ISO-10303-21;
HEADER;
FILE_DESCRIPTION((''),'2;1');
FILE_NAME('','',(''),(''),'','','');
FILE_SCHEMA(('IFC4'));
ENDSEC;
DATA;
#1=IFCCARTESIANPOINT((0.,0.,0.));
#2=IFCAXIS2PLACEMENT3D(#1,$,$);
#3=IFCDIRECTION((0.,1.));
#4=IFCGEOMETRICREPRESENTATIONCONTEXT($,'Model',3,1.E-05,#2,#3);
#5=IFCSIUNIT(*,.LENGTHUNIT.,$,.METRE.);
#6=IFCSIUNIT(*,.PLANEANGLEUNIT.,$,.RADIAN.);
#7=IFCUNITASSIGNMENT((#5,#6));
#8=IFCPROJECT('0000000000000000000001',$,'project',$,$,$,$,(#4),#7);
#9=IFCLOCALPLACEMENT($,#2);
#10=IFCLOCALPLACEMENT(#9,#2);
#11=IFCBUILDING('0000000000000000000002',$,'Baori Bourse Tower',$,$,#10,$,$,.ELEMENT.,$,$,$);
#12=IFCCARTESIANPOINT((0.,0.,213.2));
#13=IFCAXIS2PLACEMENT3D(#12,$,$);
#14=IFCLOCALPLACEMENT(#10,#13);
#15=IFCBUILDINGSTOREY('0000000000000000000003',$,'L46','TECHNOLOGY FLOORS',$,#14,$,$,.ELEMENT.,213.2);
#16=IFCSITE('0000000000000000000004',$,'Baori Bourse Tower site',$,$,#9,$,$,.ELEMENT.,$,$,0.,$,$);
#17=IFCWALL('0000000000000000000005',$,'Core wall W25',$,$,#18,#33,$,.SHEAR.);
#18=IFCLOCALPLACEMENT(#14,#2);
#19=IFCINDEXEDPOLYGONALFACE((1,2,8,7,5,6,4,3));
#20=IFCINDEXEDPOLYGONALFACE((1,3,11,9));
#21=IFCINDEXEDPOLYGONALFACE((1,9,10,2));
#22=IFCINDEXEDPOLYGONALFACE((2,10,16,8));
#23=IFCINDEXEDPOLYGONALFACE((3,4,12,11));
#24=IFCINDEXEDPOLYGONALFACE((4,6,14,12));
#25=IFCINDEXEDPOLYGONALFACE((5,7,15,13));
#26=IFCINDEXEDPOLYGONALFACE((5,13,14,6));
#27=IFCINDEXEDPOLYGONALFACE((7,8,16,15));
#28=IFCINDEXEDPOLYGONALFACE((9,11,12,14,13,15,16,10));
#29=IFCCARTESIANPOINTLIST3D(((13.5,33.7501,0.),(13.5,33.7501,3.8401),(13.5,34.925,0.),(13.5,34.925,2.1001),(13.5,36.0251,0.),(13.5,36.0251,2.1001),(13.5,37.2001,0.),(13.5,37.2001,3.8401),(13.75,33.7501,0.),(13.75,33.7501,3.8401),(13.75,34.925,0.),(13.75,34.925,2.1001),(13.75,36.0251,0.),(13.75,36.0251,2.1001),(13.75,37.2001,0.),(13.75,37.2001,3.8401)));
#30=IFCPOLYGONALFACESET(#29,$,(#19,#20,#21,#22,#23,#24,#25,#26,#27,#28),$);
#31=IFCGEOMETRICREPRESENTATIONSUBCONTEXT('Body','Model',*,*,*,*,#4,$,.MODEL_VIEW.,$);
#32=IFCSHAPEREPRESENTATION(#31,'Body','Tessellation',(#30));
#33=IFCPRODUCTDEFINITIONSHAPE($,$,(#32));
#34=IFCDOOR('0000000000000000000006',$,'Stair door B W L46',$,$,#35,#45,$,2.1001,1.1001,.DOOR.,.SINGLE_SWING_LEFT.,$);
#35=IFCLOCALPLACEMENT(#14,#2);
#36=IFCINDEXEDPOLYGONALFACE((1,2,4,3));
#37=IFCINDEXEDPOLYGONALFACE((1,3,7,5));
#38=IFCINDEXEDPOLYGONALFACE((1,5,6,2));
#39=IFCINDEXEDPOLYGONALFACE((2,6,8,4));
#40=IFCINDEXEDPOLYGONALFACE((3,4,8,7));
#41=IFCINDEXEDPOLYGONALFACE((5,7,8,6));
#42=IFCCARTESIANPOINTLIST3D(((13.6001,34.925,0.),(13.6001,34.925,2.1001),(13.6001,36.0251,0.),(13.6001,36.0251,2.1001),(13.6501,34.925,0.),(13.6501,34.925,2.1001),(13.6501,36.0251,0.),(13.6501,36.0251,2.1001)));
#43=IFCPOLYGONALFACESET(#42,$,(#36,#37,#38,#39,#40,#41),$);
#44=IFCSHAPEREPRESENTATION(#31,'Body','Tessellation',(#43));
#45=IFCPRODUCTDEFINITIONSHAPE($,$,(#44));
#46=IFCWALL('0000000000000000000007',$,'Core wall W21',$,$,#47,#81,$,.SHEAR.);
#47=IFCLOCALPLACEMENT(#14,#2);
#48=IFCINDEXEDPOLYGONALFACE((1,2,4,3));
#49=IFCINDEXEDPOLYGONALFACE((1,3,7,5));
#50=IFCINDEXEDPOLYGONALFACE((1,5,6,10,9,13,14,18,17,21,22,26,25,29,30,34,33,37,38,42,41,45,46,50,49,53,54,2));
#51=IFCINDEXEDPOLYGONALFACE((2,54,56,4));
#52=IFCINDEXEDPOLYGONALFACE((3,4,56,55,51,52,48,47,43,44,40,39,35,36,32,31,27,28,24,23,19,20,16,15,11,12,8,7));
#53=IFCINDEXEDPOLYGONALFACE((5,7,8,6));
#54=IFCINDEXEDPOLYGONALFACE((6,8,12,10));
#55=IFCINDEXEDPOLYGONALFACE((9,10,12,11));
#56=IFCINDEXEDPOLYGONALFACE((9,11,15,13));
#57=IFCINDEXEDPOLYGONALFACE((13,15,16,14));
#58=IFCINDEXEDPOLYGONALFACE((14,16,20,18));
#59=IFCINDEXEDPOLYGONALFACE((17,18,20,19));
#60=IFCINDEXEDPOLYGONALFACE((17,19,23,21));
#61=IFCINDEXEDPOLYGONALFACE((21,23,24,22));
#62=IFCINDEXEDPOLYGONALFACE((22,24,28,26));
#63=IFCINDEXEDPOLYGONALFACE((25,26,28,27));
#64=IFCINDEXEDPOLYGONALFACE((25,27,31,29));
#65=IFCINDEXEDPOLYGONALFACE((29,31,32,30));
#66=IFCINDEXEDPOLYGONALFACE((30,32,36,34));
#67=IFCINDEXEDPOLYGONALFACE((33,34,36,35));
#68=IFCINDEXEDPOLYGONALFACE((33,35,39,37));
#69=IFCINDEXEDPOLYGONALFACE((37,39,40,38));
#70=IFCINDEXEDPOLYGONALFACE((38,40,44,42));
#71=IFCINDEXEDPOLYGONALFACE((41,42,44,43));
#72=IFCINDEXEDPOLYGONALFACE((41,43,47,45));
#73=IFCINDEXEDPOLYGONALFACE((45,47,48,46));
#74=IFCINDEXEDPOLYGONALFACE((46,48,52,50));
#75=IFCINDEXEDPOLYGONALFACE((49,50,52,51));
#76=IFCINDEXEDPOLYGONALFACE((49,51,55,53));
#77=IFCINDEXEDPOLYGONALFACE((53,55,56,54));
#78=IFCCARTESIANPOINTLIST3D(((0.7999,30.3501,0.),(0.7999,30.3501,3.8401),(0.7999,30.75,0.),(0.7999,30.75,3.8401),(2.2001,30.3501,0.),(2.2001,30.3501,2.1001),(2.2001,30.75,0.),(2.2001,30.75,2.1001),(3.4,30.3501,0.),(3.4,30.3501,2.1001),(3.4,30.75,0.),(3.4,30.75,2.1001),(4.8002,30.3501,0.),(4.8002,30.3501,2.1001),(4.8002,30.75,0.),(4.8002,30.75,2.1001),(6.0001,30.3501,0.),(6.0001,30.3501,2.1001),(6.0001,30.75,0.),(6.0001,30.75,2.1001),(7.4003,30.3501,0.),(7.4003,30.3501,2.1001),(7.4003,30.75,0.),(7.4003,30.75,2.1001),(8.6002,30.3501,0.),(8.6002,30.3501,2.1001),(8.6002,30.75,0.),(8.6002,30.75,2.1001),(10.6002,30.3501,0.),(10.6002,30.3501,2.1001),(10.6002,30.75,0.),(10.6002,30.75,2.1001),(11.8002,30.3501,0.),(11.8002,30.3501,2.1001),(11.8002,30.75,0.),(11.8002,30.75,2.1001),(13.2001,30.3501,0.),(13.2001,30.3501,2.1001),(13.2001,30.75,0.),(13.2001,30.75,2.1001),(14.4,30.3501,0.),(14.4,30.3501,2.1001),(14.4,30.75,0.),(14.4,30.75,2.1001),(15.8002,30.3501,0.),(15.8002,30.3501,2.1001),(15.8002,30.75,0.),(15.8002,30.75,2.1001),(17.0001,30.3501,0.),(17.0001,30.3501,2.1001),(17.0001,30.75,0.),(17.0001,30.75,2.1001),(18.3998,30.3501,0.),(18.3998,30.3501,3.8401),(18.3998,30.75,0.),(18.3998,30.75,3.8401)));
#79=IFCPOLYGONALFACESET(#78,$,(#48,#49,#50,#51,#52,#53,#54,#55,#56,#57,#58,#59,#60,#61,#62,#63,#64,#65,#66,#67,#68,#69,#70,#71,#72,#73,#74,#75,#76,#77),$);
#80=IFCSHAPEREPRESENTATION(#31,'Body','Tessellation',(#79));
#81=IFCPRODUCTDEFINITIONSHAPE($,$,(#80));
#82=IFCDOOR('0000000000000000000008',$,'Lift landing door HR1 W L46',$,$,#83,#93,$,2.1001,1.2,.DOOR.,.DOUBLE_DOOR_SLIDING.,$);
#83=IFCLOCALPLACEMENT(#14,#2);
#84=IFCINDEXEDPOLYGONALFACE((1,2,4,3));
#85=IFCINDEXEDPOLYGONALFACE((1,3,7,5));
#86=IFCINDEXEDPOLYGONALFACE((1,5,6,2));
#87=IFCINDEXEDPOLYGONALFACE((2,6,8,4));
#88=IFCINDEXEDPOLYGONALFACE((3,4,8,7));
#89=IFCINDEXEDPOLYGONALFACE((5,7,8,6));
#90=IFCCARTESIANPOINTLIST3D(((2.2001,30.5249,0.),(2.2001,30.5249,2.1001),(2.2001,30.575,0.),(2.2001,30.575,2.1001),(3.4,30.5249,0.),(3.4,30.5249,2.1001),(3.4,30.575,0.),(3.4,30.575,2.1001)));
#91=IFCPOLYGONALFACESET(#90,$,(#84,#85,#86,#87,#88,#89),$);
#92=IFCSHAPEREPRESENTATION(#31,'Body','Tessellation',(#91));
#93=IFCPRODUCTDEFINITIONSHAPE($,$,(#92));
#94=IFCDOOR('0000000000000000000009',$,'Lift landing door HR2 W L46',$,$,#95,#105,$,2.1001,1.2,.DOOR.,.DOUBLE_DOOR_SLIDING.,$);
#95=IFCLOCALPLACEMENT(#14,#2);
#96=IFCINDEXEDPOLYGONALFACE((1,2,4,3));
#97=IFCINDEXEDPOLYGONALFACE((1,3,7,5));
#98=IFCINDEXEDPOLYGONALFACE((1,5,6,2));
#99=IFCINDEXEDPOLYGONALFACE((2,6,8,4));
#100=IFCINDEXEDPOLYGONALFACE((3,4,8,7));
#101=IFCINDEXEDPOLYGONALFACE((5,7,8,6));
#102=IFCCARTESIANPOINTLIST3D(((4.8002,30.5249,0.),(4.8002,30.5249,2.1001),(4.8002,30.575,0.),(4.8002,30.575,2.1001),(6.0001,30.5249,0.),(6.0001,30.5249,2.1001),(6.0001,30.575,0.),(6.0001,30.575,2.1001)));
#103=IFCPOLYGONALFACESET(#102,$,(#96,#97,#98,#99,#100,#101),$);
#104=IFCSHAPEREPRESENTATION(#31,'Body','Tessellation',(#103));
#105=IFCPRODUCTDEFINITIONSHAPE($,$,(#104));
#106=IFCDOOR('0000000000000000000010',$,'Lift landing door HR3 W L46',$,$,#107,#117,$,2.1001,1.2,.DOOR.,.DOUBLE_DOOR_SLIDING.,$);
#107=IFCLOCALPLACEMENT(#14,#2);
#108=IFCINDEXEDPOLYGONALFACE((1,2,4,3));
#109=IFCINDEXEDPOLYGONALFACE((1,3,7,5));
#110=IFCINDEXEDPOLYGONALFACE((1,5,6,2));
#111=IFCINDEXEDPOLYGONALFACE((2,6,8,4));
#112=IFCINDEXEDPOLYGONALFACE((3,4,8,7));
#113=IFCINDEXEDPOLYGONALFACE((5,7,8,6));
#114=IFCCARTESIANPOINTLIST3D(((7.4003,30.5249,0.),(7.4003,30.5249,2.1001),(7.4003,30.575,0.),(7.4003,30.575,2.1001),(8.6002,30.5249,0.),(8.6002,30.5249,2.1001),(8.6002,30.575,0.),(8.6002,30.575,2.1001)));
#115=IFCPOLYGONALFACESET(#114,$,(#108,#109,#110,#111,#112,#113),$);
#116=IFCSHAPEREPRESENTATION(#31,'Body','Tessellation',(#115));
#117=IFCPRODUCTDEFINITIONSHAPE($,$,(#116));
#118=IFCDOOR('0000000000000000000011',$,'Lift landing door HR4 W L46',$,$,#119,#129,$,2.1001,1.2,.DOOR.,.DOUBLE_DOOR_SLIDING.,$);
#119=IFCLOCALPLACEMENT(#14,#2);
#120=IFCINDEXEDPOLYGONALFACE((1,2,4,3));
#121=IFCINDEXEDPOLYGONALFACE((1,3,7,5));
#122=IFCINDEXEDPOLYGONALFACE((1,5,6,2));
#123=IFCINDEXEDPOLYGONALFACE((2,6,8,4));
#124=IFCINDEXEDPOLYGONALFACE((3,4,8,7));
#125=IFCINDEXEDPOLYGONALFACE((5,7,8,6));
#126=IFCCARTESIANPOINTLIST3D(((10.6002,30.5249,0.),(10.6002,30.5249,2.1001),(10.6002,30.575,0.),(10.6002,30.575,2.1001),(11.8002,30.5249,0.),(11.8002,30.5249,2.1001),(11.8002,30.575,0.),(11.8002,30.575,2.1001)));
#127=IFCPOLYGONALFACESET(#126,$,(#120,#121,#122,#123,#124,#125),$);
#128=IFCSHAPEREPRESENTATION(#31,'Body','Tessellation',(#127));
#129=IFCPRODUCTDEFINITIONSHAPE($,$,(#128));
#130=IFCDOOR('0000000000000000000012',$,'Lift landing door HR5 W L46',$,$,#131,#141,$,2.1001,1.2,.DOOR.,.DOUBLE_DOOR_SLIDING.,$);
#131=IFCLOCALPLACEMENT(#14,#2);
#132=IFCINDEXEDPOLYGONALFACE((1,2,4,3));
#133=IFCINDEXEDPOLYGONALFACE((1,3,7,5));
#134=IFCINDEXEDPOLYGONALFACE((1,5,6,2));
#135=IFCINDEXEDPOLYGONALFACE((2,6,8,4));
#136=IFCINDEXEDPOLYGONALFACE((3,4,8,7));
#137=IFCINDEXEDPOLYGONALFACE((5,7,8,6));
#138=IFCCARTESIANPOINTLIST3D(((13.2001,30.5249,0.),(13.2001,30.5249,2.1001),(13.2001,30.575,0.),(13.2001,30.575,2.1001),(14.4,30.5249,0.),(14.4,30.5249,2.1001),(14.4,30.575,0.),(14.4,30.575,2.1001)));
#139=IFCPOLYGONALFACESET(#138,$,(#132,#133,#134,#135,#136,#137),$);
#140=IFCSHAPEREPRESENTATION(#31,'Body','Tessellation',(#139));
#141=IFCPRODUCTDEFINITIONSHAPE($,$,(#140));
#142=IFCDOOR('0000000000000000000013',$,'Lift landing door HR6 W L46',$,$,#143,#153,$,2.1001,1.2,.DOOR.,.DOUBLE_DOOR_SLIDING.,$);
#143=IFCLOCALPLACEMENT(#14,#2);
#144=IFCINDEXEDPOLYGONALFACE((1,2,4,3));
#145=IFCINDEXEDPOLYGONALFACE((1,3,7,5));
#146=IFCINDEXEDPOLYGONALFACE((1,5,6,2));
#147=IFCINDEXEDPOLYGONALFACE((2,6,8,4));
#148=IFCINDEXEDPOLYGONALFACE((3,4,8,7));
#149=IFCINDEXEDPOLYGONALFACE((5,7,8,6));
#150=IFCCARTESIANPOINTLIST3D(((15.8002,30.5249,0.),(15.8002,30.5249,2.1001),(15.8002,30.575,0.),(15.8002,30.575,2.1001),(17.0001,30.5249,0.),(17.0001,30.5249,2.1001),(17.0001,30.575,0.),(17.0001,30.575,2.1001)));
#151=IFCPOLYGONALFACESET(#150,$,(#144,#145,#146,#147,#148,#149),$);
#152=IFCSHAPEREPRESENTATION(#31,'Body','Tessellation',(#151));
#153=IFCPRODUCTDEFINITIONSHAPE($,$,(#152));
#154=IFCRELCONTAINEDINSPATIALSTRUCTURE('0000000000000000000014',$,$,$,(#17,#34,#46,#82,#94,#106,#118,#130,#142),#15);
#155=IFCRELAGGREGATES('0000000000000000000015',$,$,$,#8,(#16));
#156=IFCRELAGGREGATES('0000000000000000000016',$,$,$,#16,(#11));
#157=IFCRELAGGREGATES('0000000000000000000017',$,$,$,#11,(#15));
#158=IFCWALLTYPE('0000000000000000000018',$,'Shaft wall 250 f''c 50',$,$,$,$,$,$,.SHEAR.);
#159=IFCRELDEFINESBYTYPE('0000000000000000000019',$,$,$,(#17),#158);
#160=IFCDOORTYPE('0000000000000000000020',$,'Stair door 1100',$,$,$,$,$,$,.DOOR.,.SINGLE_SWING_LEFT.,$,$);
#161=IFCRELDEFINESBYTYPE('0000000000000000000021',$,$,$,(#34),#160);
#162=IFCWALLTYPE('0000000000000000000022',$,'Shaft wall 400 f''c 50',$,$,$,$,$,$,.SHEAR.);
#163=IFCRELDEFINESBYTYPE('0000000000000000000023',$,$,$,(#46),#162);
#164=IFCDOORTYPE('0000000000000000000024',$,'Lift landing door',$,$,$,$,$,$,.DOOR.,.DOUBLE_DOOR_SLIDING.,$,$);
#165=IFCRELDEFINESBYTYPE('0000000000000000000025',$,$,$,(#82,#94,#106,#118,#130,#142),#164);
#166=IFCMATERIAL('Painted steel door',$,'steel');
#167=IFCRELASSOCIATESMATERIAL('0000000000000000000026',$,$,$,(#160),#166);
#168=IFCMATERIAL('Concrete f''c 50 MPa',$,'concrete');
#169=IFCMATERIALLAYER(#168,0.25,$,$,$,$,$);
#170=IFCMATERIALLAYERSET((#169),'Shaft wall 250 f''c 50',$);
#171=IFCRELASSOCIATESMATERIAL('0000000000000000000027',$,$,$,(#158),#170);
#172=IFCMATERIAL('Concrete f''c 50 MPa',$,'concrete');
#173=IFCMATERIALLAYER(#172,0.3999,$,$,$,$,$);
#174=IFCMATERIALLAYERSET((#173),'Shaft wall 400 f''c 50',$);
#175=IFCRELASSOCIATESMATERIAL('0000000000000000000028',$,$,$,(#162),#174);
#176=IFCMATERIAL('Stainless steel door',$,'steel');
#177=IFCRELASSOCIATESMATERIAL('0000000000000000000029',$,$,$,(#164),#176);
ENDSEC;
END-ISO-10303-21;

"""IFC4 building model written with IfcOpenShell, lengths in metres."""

from ifc_helpers import new_model, si_unit, direction, frame, frame_2d, origin, place, context, subcontext, project, spatial, rectangle, extrude, material, layer, layer_set, type_object, element, fill, save


model = new_model("IFC4")

# Units and contexts
model_context = context("Model", 3, precision=1e-05, world=origin(), true_north=direction((0.0, 1.0)))
body_context = subcontext(model_context, "Body", "Model", "MODEL_VIEW")
ifc_project = project(units=[si_unit("LENGTHUNIT", "METRE"), si_unit("PLANEANGLEUNIT", "RADIAN")], contexts=[model_context])

# Site, building, storey
site_placement = place(None, origin())
site = spatial("IfcSite", under=ifc_project, at=site_placement, Name="Baori Bourse Tower site", CompositionType="ELEMENT", RefElevation=0.0)
building_placement = place(site_placement, origin())
building = spatial("IfcBuilding", under=site, at=building_placement, Name="Baori Bourse Tower", CompositionType="ELEMENT")
storey_placement = place(building_placement, frame((0.0, 0.0, 213.2)))
storey = spatial("IfcBuildingStorey", under=building, at=storey_placement, Name="L46", Description="TECHNOLOGY FLOORS", CompositionType="ELEMENT", Elevation=213.2)

# Wall, opening, door
ifc_material_1 = material(Name="Painted steel door", Category="steel")
door_type_1 = type_object("IfcDoorType", Name="Stair door 1100", OperationType="SINGLE_SWING_LEFT", PredefinedType="DOOR", material=ifc_material_1)
ifc_material_2 = material(Name="Concrete f'c 50 MPa", Category="concrete")
ifc_layer_1 = layer(ifc_material_2, 0.25)
ifc_layer_set_1 = layer_set([ifc_layer_1], Name="Shaft wall 250 f'c 50")
wall_type_1 = type_object("IfcWallType", Name="Shaft wall 250 f'c 50", PredefinedType="SHEAR", material=ifc_layer_set_1)
wall_1_placement = place(storey_placement, frame((13.625, 33.75, 0.0), z_axis=(0.0, 0.0, 1.0), x_axis=(0.0, 1.0, 0.0)))
wall_1 = element("IfcWall", 1, at=wall_1_placement, inside=storey, type_object=wall_type_1, Name="Core wall W25", PredefinedType="SHEAR", context=body_context, shape_type="SweptSolid", body=[
    extrude(rectangle(XDim=3.45, YDim=0.25, at=frame_2d((1.7251, 0.0))), origin(), (0.0, 0.0, 1.0), 3.8401),
])
opening_1_placement = place(wall_1_placement, frame((1.175, 0.0, 0.0)))
opening_1 = element("IfcOpeningElement", 2, at=opening_1_placement, cuts=wall_1, PredefinedType="OPENING", context=body_context, shape_type="SweptSolid", body=[
    extrude(rectangle(XDim=1.1001, YDim=2.1001, at=frame_2d((0.55, 1.05))), frame((0.0, 0.135, 0.0), z_axis=(0.0, -1.0, 0.0), x_axis=(1.0, 0.0, 0.0)), (0.0, 0.0, 1.0), 0.27),
])
door_1_placement = place(opening_1_placement, origin())
door_1 = element("IfcDoor", 3, at=door_1_placement, inside=storey, type_object=door_type_1, Name="Stair door B W L46", OperationType="SINGLE_SWING_LEFT", OverallHeight=2.1001, OverallWidth=1.1001, PredefinedType="DOOR", context=body_context, shape_type="SweptSolid", body=[
    extrude(rectangle(XDim=1.1001, YDim=2.1001, at=frame_2d((0.55, 1.05))), frame((0.0, 0.0249, 0.0), z_axis=(0.0, -1.0, 0.0), x_axis=(1.0, 0.0, 0.0)), (0.0, 0.0, 1.0), 0.05),
])
fill(opening_1, door_1)

# Wall, openings, doors
ifc_material_3 = material(Name="Concrete f'c 50 MPa", Category="concrete")
ifc_layer_2 = layer(ifc_material_3, 0.3999)
ifc_layer_set_2 = layer_set([ifc_layer_2], Name="Shaft wall 400 f'c 50")
wall_type_2 = type_object("IfcWallType", Name="Shaft wall 400 f'c 50", PredefinedType="SHEAR", material=ifc_layer_set_2)
wall_2_placement = place(storey_placement, frame((0.8, 30.55, 0.0), z_axis=(0.0, 0.0, 1.0), x_axis=(1.0, 0.0, 0.0)))
wall_2 = element("IfcWall", 4, at=wall_2_placement, inside=storey, type_object=wall_type_2, Name="Core wall W21", PredefinedType="SHEAR", context=body_context, shape_type="SweptSolid", body=[
    extrude(rectangle(XDim=17.5999, YDim=0.3999, at=frame_2d((8.7998, 0.0))), origin(), (0.0, 0.0, 1.0), 3.8401),
])
opening_2_placement = place(wall_2_placement, frame((1.3999, 0.0, 0.0)))
opening_2 = element("IfcOpeningElement", 5, at=opening_2_placement, cuts=wall_2, PredefinedType="OPENING", context=body_context, shape_type="SweptSolid", body=[
    extrude(rectangle(XDim=1.2, YDim=2.1001, at=frame_2d((0.6001, 1.05))), frame((0.0, 0.21, 0.0), z_axis=(0.0, -1.0, 0.0), x_axis=(1.0, 0.0, 0.0)), (0.0, 0.0, 1.0), 0.4199),
])
opening_3_placement = place(wall_2_placement, frame((4.0, 0.0, 0.0)))
opening_3 = element("IfcOpeningElement", 6, at=opening_3_placement, cuts=wall_2, PredefinedType="OPENING", context=body_context, shape_type="SweptSolid", body=[
    extrude(rectangle(XDim=1.2, YDim=2.1001, at=frame_2d((0.6001, 1.05))), frame((0.0, 0.21, 0.0), z_axis=(0.0, -1.0, 0.0), x_axis=(1.0, 0.0, 0.0)), (0.0, 0.0, 1.0), 0.4199),
])
opening_4_placement = place(wall_2_placement, frame((6.6001, 0.0, 0.0)))
opening_4 = element("IfcOpeningElement", 7, at=opening_4_placement, cuts=wall_2, PredefinedType="OPENING", context=body_context, shape_type="SweptSolid", body=[
    extrude(rectangle(XDim=1.2, YDim=2.1001, at=frame_2d((0.6001, 1.05))), frame((0.0, 0.21, 0.0), z_axis=(0.0, -1.0, 0.0), x_axis=(1.0, 0.0, 0.0)), (0.0, 0.0, 1.0), 0.4199),
])
opening_5_placement = place(wall_2_placement, frame((9.8, 0.0, 0.0)))
opening_5 = element("IfcOpeningElement", 8, at=opening_5_placement, cuts=wall_2, PredefinedType="OPENING", context=body_context, shape_type="SweptSolid", body=[
    extrude(rectangle(XDim=1.2, YDim=2.1001, at=frame_2d((0.6001, 1.05))), frame((0.0, 0.21, 0.0), z_axis=(0.0, -1.0, 0.0), x_axis=(1.0, 0.0, 0.0)), (0.0, 0.0, 1.0), 0.4199),
])
opening_6_placement = place(wall_2_placement, frame((12.3999, 0.0, 0.0)))
opening_6 = element("IfcOpeningElement", 9, at=opening_6_placement, cuts=wall_2, PredefinedType="OPENING", context=body_context, shape_type="SweptSolid", body=[
    extrude(rectangle(XDim=1.2, YDim=2.1001, at=frame_2d((0.6001, 1.05))), frame((0.0, 0.21, 0.0), z_axis=(0.0, -1.0, 0.0), x_axis=(1.0, 0.0, 0.0)), (0.0, 0.0, 1.0), 0.4199),
])
opening_7_placement = place(wall_2_placement, frame((15.0, 0.0, 0.0)))
opening_7 = element("IfcOpeningElement", 10, at=opening_7_placement, cuts=wall_2, PredefinedType="OPENING", context=body_context, shape_type="SweptSolid", body=[
    extrude(rectangle(XDim=1.2, YDim=2.1001, at=frame_2d((0.6001, 1.05))), frame((0.0, 0.21, 0.0), z_axis=(0.0, -1.0, 0.0), x_axis=(1.0, 0.0, 0.0)), (0.0, 0.0, 1.0), 0.4199),
])
ifc_material_4 = material(Name="Stainless steel door", Category="steel")
door_type_2 = type_object("IfcDoorType", Name="Lift landing door", OperationType="DOUBLE_DOOR_SLIDING", PredefinedType="DOOR", material=ifc_material_4)
door_2_placement = place(opening_2_placement, origin())
door_2 = element("IfcDoor", 11, at=door_2_placement, inside=storey, type_object=door_type_2, Name="Lift landing door HR1 W L46", OperationType="DOUBLE_DOOR_SLIDING", OverallHeight=2.1001, OverallWidth=1.2, PredefinedType="DOOR", context=body_context, shape_type="SweptSolid", body=[
    extrude(rectangle(XDim=1.2, YDim=2.1001, at=frame_2d((0.6001, 1.05))), frame((0.0, 0.0249, 0.0), z_axis=(0.0, -1.0, 0.0), x_axis=(1.0, 0.0, 0.0)), (0.0, 0.0, 1.0), 0.05),
])
fill(opening_2, door_2)
door_3_placement = place(opening_3_placement, origin())
door_3 = element("IfcDoor", 12, at=door_3_placement, inside=storey, type_object=door_type_2, Name="Lift landing door HR2 W L46", OperationType="DOUBLE_DOOR_SLIDING", OverallHeight=2.1001, OverallWidth=1.2, PredefinedType="DOOR", context=body_context, shape_type="SweptSolid", body=[
    extrude(rectangle(XDim=1.2, YDim=2.1001, at=frame_2d((0.6001, 1.05))), frame((0.0, 0.0249, 0.0), z_axis=(0.0, -1.0, 0.0), x_axis=(1.0, 0.0, 0.0)), (0.0, 0.0, 1.0), 0.05),
])
fill(opening_3, door_3)
door_4_placement = place(opening_4_placement, origin())
door_4 = element("IfcDoor", 13, at=door_4_placement, inside=storey, type_object=door_type_2, Name="Lift landing door HR3 W L46", OperationType="DOUBLE_DOOR_SLIDING", OverallHeight=2.1001, OverallWidth=1.2, PredefinedType="DOOR", context=body_context, shape_type="SweptSolid", body=[
    extrude(rectangle(XDim=1.2, YDim=2.1001, at=frame_2d((0.6001, 1.05))), frame((0.0, 0.0249, 0.0), z_axis=(0.0, -1.0, 0.0), x_axis=(1.0, 0.0, 0.0)), (0.0, 0.0, 1.0), 0.05),
])
fill(opening_4, door_4)
door_5_placement = place(opening_5_placement, origin())
door_5 = element("IfcDoor", 14, at=door_5_placement, inside=storey, type_object=door_type_2, Name="Lift landing door HR4 W L46", OperationType="DOUBLE_DOOR_SLIDING", OverallHeight=2.1001, OverallWidth=1.2, PredefinedType="DOOR", context=body_context, shape_type="SweptSolid", body=[
    extrude(rectangle(XDim=1.2, YDim=2.1001, at=frame_2d((0.6001, 1.05))), frame((0.0, 0.0249, 0.0), z_axis=(0.0, -1.0, 0.0), x_axis=(1.0, 0.0, 0.0)), (0.0, 0.0, 1.0), 0.05),
])
fill(opening_5, door_5)
door_6_placement = place(opening_6_placement, origin())
door_6 = element("IfcDoor", 15, at=door_6_placement, inside=storey, type_object=door_type_2, Name="Lift landing door HR5 W L46", OperationType="DOUBLE_DOOR_SLIDING", OverallHeight=2.1001, OverallWidth=1.2, PredefinedType="DOOR", context=body_context, shape_type="SweptSolid", body=[
    extrude(rectangle(XDim=1.2, YDim=2.1001, at=frame_2d((0.6001, 1.05))), frame((0.0, 0.0249, 0.0), z_axis=(0.0, -1.0, 0.0), x_axis=(1.0, 0.0, 0.0)), (0.0, 0.0, 1.0), 0.05),
])
fill(opening_6, door_6)
door_7_placement = place(opening_7_placement, origin())
door_7 = element("IfcDoor", 16, at=door_7_placement, inside=storey, type_object=door_type_2, Name="Lift landing door HR6 W L46", OperationType="DOUBLE_DOOR_SLIDING", OverallHeight=2.1001, OverallWidth=1.2, PredefinedType="DOOR", context=body_context, shape_type="SweptSolid", body=[
    extrude(rectangle(XDim=1.2, YDim=2.1001, at=frame_2d((0.6001, 1.05))), frame((0.0, 0.0249, 0.0), z_axis=(0.0, -1.0, 0.0), x_axis=(1.0, 0.0, 0.0)), (0.0, 0.0, 1.0), 0.05),
])
fill(opening_7, door_7)

save(model, "model.ifc")
